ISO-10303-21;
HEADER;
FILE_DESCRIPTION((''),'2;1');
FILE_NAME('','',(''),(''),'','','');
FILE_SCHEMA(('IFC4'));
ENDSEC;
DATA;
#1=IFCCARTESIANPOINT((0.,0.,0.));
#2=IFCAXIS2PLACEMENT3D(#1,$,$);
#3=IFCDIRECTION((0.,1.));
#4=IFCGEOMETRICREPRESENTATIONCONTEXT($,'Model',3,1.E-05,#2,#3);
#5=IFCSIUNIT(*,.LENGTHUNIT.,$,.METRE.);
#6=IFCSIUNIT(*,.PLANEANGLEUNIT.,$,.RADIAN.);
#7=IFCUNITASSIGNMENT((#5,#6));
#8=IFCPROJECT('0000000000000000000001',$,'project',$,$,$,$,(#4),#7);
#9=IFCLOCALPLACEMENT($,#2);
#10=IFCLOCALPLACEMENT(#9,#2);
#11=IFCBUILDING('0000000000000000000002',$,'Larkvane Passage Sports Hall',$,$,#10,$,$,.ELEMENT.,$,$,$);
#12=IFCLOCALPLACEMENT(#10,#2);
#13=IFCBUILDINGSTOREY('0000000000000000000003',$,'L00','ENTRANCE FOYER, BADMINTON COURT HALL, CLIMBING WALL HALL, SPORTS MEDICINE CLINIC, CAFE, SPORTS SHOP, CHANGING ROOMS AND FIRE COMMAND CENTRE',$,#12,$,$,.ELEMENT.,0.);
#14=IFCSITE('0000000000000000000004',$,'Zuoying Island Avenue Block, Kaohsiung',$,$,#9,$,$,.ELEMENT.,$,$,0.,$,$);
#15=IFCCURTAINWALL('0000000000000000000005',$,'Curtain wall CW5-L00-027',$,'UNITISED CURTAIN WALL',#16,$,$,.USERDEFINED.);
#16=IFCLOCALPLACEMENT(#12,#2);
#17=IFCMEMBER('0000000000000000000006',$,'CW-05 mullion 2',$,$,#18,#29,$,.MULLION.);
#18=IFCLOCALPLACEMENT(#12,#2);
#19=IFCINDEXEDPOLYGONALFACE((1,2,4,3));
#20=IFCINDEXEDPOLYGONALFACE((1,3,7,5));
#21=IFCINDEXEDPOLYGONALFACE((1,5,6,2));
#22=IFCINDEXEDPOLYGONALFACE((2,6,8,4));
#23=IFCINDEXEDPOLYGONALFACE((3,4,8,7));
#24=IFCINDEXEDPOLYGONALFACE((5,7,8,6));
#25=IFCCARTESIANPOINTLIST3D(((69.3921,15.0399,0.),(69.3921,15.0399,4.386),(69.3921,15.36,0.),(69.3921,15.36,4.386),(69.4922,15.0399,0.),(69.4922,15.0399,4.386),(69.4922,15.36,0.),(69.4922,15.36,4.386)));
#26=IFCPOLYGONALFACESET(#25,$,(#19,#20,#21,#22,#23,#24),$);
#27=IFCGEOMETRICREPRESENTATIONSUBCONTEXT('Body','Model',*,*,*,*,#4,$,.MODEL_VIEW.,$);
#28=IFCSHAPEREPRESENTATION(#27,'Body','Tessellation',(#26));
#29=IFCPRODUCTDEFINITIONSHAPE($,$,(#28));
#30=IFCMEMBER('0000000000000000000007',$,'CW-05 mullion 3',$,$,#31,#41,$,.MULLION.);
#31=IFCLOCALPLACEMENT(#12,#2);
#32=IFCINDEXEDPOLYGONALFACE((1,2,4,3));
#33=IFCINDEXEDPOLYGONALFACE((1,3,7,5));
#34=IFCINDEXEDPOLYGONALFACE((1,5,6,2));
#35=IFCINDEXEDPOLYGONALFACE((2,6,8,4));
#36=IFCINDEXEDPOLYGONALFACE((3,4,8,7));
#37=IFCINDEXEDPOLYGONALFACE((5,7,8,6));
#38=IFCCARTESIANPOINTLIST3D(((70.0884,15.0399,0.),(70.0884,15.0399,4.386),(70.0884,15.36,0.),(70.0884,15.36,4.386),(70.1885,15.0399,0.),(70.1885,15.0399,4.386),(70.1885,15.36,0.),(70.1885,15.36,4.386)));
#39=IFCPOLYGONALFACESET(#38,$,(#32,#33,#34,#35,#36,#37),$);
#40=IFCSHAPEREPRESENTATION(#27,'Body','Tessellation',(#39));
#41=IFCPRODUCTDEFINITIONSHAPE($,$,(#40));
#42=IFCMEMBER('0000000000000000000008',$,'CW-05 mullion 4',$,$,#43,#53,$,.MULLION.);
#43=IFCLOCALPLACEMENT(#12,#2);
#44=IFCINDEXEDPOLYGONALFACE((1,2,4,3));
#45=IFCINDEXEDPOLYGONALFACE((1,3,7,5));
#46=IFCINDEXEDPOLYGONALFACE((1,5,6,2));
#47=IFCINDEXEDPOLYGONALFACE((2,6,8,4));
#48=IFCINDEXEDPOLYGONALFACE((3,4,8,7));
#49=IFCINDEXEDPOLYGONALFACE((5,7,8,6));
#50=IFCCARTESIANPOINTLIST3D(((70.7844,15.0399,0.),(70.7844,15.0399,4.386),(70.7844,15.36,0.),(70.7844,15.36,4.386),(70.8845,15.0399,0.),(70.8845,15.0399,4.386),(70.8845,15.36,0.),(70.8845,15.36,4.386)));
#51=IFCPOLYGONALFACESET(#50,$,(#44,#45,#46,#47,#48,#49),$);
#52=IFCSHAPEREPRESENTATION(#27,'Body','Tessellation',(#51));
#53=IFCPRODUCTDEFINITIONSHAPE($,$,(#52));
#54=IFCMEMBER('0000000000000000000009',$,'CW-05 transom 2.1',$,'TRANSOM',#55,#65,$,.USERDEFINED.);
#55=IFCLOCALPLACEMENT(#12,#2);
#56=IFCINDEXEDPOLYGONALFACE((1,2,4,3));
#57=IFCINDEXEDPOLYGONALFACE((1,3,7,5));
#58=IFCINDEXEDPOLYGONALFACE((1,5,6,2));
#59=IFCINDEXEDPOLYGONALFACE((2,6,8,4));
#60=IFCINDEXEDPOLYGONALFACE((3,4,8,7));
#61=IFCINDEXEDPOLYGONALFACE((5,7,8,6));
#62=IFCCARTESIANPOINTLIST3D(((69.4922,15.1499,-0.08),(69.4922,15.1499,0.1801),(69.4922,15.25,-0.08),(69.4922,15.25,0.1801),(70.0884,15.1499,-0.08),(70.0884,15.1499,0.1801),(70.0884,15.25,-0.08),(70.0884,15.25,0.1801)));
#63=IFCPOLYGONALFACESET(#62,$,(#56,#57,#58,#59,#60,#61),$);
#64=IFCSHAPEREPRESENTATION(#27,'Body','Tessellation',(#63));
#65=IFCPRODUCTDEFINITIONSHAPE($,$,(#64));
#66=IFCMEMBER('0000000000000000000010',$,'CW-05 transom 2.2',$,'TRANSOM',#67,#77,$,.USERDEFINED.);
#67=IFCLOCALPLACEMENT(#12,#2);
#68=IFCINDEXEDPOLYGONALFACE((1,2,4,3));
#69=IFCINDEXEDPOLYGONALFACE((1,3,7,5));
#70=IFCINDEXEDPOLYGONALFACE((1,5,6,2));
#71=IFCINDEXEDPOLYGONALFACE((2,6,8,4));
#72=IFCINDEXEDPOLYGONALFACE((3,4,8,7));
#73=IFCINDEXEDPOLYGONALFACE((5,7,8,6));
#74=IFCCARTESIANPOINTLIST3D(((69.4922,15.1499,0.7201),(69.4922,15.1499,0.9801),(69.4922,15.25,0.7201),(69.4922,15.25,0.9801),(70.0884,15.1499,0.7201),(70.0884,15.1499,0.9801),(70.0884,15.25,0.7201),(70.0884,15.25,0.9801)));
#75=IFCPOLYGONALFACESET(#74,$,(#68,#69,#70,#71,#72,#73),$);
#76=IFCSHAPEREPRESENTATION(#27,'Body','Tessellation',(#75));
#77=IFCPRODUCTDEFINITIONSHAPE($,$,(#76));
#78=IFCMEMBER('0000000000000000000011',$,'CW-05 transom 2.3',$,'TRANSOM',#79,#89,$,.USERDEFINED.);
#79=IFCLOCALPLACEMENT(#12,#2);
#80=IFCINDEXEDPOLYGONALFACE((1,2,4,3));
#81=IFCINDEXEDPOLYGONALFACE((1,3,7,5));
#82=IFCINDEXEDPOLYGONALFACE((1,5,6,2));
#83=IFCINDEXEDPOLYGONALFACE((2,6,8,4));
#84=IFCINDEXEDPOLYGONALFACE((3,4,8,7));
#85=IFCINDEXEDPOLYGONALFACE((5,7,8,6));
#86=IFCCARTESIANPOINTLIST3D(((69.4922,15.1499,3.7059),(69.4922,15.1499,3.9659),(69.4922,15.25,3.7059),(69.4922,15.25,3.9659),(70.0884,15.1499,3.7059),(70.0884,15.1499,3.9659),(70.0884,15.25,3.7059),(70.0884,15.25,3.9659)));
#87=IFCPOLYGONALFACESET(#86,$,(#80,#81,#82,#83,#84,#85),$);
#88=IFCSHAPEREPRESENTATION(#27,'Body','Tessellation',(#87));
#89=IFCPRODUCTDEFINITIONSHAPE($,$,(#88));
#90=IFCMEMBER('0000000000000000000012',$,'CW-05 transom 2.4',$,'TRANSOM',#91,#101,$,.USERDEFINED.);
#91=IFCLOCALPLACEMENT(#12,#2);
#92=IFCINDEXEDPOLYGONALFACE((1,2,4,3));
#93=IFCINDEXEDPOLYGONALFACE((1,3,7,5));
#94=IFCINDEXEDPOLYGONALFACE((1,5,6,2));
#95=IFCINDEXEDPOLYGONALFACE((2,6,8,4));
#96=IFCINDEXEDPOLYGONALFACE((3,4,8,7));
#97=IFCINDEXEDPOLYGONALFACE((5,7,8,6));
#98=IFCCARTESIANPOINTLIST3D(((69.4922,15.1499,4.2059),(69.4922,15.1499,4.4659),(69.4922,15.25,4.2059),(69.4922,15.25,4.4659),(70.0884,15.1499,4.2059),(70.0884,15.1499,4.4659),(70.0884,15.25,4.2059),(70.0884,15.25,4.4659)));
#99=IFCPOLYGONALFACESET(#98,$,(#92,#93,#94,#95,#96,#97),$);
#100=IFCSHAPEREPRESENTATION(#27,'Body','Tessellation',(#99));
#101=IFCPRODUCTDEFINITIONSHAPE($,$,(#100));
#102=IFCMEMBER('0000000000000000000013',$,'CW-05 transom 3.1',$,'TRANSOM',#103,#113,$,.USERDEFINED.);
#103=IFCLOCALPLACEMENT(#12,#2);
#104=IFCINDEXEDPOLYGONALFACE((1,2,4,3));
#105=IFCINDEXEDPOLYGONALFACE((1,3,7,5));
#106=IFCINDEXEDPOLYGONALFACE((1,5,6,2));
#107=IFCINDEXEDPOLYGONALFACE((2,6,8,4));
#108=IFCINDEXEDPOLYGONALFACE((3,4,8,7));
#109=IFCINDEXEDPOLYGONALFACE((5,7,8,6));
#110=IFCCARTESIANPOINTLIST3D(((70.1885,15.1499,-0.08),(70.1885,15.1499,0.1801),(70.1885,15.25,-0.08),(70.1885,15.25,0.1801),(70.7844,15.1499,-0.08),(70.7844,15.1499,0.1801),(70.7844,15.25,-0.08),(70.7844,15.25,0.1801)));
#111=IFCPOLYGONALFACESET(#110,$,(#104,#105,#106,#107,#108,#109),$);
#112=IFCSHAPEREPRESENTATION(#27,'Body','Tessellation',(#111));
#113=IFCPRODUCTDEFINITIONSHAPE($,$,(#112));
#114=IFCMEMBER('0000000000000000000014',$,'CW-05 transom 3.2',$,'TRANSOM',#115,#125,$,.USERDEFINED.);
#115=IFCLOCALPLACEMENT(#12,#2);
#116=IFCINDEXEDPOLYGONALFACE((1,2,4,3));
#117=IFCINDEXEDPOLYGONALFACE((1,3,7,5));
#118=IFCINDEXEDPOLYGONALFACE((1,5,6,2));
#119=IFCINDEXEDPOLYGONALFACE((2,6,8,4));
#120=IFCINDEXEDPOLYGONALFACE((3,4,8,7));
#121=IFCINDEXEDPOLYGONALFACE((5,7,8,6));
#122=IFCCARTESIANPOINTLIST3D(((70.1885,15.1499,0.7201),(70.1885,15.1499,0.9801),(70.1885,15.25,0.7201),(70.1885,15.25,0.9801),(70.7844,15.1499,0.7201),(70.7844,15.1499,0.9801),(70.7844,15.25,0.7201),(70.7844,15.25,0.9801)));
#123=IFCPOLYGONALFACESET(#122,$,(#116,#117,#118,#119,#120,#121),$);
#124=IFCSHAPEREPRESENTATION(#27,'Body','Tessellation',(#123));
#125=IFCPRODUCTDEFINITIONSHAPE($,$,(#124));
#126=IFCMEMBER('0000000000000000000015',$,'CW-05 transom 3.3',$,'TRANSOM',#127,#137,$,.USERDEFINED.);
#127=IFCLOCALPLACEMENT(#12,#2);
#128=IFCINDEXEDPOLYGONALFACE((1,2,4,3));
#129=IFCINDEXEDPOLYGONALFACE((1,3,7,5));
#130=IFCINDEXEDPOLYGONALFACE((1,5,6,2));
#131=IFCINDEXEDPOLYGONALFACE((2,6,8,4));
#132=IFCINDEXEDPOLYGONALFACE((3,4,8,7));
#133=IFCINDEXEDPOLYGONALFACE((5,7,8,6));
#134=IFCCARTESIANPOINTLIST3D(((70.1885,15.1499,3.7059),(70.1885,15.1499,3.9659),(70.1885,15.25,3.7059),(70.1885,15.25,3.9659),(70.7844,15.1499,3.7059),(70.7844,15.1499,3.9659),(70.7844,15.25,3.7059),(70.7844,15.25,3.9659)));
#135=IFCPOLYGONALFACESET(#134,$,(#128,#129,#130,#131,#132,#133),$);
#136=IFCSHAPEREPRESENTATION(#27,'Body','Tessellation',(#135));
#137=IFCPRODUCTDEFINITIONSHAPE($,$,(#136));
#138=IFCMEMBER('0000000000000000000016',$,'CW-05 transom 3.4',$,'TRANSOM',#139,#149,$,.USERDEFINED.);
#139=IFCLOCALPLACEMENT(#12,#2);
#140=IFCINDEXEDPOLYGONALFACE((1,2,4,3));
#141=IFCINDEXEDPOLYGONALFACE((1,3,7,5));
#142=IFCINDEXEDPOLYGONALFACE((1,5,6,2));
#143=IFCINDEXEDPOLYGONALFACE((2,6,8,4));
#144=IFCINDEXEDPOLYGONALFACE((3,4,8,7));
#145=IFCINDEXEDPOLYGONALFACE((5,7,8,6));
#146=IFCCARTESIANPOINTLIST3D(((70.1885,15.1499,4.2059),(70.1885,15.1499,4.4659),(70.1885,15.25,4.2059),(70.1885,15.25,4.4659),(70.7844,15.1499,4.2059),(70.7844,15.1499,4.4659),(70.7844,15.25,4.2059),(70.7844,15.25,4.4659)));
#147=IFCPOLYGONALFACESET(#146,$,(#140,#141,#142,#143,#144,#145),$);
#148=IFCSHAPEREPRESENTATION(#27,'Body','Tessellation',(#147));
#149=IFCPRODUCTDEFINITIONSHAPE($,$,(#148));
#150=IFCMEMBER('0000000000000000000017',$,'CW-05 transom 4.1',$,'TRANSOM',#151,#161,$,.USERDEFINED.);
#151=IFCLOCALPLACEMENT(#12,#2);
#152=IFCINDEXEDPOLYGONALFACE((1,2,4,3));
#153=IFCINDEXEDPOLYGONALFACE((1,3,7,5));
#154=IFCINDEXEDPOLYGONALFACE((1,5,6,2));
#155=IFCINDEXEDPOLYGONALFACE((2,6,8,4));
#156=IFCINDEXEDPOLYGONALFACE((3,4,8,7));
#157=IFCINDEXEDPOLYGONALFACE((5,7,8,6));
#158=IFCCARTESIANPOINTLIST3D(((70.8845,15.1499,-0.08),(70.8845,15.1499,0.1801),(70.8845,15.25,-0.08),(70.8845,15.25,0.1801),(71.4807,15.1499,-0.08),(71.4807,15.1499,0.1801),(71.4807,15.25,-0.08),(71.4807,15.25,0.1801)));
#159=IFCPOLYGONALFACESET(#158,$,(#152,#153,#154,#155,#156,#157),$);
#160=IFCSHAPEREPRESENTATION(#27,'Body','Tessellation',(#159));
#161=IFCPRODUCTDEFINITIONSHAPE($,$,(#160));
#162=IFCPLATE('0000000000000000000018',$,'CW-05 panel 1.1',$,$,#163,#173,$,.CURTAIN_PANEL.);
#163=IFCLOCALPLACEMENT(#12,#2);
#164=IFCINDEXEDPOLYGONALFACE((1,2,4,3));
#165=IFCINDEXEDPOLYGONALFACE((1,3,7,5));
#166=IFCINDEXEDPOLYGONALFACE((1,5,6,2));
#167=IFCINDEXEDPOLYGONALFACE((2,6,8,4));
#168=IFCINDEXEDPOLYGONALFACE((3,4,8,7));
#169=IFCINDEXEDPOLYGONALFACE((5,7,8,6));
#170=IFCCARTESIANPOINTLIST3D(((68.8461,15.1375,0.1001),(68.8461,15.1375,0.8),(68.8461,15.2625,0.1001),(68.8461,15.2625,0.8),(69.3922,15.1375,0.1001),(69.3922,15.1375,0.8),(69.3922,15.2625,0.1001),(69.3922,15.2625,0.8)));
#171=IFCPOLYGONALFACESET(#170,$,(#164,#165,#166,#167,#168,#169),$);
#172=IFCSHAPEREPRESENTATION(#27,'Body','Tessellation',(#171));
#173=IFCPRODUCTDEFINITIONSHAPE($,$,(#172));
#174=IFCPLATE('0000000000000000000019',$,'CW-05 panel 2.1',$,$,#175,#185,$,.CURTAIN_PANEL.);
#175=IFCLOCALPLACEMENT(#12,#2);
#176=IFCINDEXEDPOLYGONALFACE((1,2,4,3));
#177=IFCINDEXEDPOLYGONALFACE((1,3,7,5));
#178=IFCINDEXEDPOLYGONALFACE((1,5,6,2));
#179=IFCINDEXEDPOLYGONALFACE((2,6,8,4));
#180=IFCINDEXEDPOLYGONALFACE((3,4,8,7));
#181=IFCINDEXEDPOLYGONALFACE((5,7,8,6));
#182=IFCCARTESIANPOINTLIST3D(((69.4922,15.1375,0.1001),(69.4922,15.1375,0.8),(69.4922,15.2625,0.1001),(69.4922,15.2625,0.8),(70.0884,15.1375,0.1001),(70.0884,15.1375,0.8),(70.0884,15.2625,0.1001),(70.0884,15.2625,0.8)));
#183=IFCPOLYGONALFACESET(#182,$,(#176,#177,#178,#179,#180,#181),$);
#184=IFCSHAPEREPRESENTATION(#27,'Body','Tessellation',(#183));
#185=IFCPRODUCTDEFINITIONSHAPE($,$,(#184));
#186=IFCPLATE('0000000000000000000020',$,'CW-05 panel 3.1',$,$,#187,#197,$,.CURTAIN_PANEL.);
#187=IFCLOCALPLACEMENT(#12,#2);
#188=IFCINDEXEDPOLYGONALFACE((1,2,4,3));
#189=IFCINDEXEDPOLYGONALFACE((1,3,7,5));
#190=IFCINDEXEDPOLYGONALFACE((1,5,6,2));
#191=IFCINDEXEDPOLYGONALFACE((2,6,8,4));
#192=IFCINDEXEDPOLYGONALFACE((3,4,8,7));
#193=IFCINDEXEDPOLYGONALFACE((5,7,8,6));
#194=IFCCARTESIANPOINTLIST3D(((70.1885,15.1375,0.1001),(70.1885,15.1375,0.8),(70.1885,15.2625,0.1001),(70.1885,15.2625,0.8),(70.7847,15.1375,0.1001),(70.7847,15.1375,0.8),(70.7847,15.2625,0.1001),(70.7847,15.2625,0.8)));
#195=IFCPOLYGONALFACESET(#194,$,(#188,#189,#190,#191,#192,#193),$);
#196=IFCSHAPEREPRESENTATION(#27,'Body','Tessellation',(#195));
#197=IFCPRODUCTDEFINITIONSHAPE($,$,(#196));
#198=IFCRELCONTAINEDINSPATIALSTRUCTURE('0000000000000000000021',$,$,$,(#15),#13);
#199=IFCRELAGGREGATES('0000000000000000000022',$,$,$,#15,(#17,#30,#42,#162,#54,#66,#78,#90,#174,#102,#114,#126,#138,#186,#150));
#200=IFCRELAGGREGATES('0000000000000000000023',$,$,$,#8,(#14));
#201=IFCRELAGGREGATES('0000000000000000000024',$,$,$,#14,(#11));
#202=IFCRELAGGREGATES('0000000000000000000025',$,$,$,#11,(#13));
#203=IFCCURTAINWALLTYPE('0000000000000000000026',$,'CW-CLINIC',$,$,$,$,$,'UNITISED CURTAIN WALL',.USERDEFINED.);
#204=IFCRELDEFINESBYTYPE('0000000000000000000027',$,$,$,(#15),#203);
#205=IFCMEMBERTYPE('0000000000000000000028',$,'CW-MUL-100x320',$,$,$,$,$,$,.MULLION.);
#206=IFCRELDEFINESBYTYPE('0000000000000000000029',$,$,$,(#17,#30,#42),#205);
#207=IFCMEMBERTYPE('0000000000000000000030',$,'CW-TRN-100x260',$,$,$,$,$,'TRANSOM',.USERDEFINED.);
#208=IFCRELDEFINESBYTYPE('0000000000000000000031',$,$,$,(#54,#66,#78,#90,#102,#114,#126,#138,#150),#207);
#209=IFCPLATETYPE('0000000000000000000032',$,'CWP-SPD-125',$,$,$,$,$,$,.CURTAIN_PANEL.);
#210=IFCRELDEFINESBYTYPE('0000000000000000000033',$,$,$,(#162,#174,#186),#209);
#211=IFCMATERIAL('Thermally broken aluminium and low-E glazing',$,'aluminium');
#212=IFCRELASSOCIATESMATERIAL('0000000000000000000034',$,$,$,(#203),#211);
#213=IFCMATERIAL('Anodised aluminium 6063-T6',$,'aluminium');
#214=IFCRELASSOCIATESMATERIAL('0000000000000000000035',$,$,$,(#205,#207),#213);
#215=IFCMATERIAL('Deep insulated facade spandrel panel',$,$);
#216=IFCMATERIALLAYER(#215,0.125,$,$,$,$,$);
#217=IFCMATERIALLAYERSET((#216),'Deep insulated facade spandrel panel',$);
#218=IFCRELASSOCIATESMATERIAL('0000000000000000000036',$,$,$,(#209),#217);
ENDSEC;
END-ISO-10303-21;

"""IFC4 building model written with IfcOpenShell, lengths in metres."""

from ifc_helpers import new_model, si_unit, direction, frame, origin, origin_2d, place, context, subcontext, project, spatial, rectangle, extrude, material, layer, layer_set, material_profile, profile_set, type_object, element, aggregate, save


model = new_model("IFC4")

# Units and contexts
model_context = context("Model", 3, precision=1e-05, world=origin(), true_north=direction((0.0, 1.0)))
body_context = subcontext(model_context, "Body", "Model", "MODEL_VIEW")
ifc_project = project(units=[si_unit("LENGTHUNIT", "METRE"), si_unit("PLANEANGLEUNIT", "RADIAN")], contexts=[model_context])

# Site, building, storey
site_placement = place(None, origin())
site = spatial("IfcSite", under=ifc_project, at=site_placement, Name="Zuoying Island Avenue Block, Kaohsiung", CompositionType="ELEMENT", RefElevation=0.0)
building_placement = place(site_placement, origin())
building = spatial("IfcBuilding", under=site, at=building_placement, Name="Larkvane Passage Sports Hall", CompositionType="ELEMENT")
storey_placement = place(building_placement, origin())
storey = spatial("IfcBuildingStorey", under=building, at=storey_placement, Name="L00", Description="ENTRANCE FOYER, BADMINTON COURT HALL, CLIMBING WALL HALL, SPORTS MEDICINE CLINIC, CAFE, SPORTS SHOP, CHANGING ROOMS AND FIRE COMMAND CENTRE", CompositionType="ELEMENT", Elevation=0.0)

# Curtain wall, members, plates
ifc_material_1 = material(Name="Thermally broken aluminium and low-E glazing", Category="aluminium")
curtain_wall_type = type_object("IfcCurtainWallType", Name="CW-CLINIC", ElementType="UNITISED CURTAIN WALL", PredefinedType="USERDEFINED", material=ifc_material_1)
curtain_wall_placement = place(storey_placement, origin())
curtain_wall = element("IfcCurtainWall", 1, at=curtain_wall_placement, inside=storey, type_object=curtain_wall_type, Name="Curtain wall CW5-L00-027", ObjectType="UNITISED CURTAIN WALL", PredefinedType="USERDEFINED")
ifc_material_2 = material(Name="Anodised aluminium 6063-T6", Category="aluminium")
ifc_material_profile_1 = material_profile(ifc_material_2, rectangle(XDim=0.1001, YDim=0.3201, at=origin_2d()), Name="ALU-MUL-100x320")
ifc_profile_set_1 = profile_set([ifc_material_profile_1], Name="Anodised aluminium 6063-T6")
member_type_1 = type_object("IfcMemberType", Name="CW-MUL-100x320", PredefinedType="MULLION", material=ifc_profile_set_1)
member_1_placement = place(storey_placement, frame((69.4421, 15.2, 0.0), z_axis=(0.0, 0.0, 1.0), x_axis=(1.0, 0.0, 0.0)))
member_1 = element("IfcMember", 2, at=member_1_placement, type_object=member_type_1, Name="CW-05 mullion 2", PredefinedType="MULLION", context=body_context, shape_type="SweptSolid", body=[
    extrude(rectangle(XDim=0.1001, YDim=0.3201, at=origin_2d()), origin(), (0.0, 0.0, 1.0), 4.386),
])
member_2_placement = place(storey_placement, frame((70.1384, 15.2, 0.0), z_axis=(0.0, 0.0, 1.0), x_axis=(1.0, 0.0, 0.0)))
member_2 = element("IfcMember", 3, at=member_2_placement, type_object=member_type_1, Name="CW-05 mullion 3", PredefinedType="MULLION", context=body_context, shape_type="SweptSolid", body=[
    extrude(rectangle(XDim=0.1001, YDim=0.3201, at=origin_2d()), origin(), (0.0, 0.0, 1.0), 4.386),
])
member_3_placement = place(storey_placement, frame((70.8345, 15.2, 0.0), z_axis=(0.0, 0.0, 1.0), x_axis=(1.0, 0.0, 0.0)))
member_3 = element("IfcMember", 4, at=member_3_placement, type_object=member_type_1, Name="CW-05 mullion 4", PredefinedType="MULLION", context=body_context, shape_type="SweptSolid", body=[
    extrude(rectangle(XDim=0.1001, YDim=0.3201, at=origin_2d()), origin(), (0.0, 0.0, 1.0), 4.386),
])
ifc_material_profile_2 = material_profile(ifc_material_2, rectangle(XDim=0.1001, YDim=0.26, at=origin_2d()), Name="ALU-TRN-100x260")
ifc_profile_set_2 = profile_set([ifc_material_profile_2], Name="Anodised aluminium 6063-T6")
member_type_2 = type_object("IfcMemberType", Name="CW-TRN-100x260", ElementType="TRANSOM", PredefinedType="USERDEFINED", material=ifc_profile_set_2)
member_4_placement = place(storey_placement, frame((69.4922, 15.2, 0.05), z_axis=(1.0, 0.0, 0.0), x_axis=(0.0, 1.0, 0.0)))
member_4 = element("IfcMember", 5, at=member_4_placement, type_object=member_type_2, Name="CW-05 transom 2.1", ObjectType="TRANSOM", PredefinedType="USERDEFINED", context=body_context, shape_type="SweptSolid", body=[
    extrude(rectangle(XDim=0.1001, YDim=0.26, at=origin_2d()), origin(), (0.0, 0.0, 1.0), 0.5962),
])
member_5_placement = place(storey_placement, frame((69.4922, 15.2, 0.8501), z_axis=(1.0, 0.0, 0.0), x_axis=(0.0, 1.0, 0.0)))
member_5 = element("IfcMember", 6, at=member_5_placement, type_object=member_type_2, Name="CW-05 transom 2.2", ObjectType="TRANSOM", PredefinedType="USERDEFINED", context=body_context, shape_type="SweptSolid", body=[
    extrude(rectangle(XDim=0.1001, YDim=0.26, at=origin_2d()), origin(), (0.0, 0.0, 1.0), 0.5962),
])
member_6_placement = place(storey_placement, frame((69.4922, 15.2, 3.8359), z_axis=(1.0, 0.0, 0.0), x_axis=(0.0, 1.0, 0.0)))
member_6 = element("IfcMember", 7, at=member_6_placement, type_object=member_type_2, Name="CW-05 transom 2.3", ObjectType="TRANSOM", PredefinedType="USERDEFINED", context=body_context, shape_type="SweptSolid", body=[
    extrude(rectangle(XDim=0.1001, YDim=0.26, at=origin_2d()), origin(), (0.0, 0.0, 1.0), 0.5962),
])
member_7_placement = place(storey_placement, frame((69.4922, 15.2, 4.3359), z_axis=(1.0, 0.0, 0.0), x_axis=(0.0, 1.0, 0.0)))
member_7 = element("IfcMember", 8, at=member_7_placement, type_object=member_type_2, Name="CW-05 transom 2.4", ObjectType="TRANSOM", PredefinedType="USERDEFINED", context=body_context, shape_type="SweptSolid", body=[
    extrude(rectangle(XDim=0.1001, YDim=0.26, at=origin_2d()), origin(), (0.0, 0.0, 1.0), 0.5962),
])
member_8_placement = place(storey_placement, frame((70.1885, 15.2, 0.05), z_axis=(1.0, 0.0, 0.0), x_axis=(0.0, 1.0, 0.0)))
member_8 = element("IfcMember", 9, at=member_8_placement, type_object=member_type_2, Name="CW-05 transom 3.1", ObjectType="TRANSOM", PredefinedType="USERDEFINED", context=body_context, shape_type="SweptSolid", body=[
    extrude(rectangle(XDim=0.1001, YDim=0.26, at=origin_2d()), origin(), (0.0, 0.0, 1.0), 0.5959),
])
member_9_placement = place(storey_placement, frame((70.1885, 15.2, 0.8501), z_axis=(1.0, 0.0, 0.0), x_axis=(0.0, 1.0, 0.0)))
member_9 = element("IfcMember", 10, at=member_9_placement, type_object=member_type_2, Name="CW-05 transom 3.2", ObjectType="TRANSOM", PredefinedType="USERDEFINED", context=body_context, shape_type="SweptSolid", body=[
    extrude(rectangle(XDim=0.1001, YDim=0.26, at=origin_2d()), origin(), (0.0, 0.0, 1.0), 0.5959),
])
member_10_placement = place(storey_placement, frame((70.1885, 15.2, 3.8359), z_axis=(1.0, 0.0, 0.0), x_axis=(0.0, 1.0, 0.0)))
member_10 = element("IfcMember", 11, at=member_10_placement, type_object=member_type_2, Name="CW-05 transom 3.3", ObjectType="TRANSOM", PredefinedType="USERDEFINED", context=body_context, shape_type="SweptSolid", body=[
    extrude(rectangle(XDim=0.1001, YDim=0.26, at=origin_2d()), origin(), (0.0, 0.0, 1.0), 0.5959),
])
member_11_placement = place(storey_placement, frame((70.1885, 15.2, 4.3359), z_axis=(1.0, 0.0, 0.0), x_axis=(0.0, 1.0, 0.0)))
member_11 = element("IfcMember", 12, at=member_11_placement, type_object=member_type_2, Name="CW-05 transom 3.4", ObjectType="TRANSOM", PredefinedType="USERDEFINED", context=body_context, shape_type="SweptSolid", body=[
    extrude(rectangle(XDim=0.1001, YDim=0.26, at=origin_2d()), origin(), (0.0, 0.0, 1.0), 0.5959),
])
member_12_placement = place(storey_placement, frame((70.8845, 15.2, 0.05), z_axis=(1.0, 0.0, 0.0), x_axis=(0.0, 1.0, 0.0)))
member_12 = element("IfcMember", 13, at=member_12_placement, type_object=member_type_2, Name="CW-05 transom 4.1", ObjectType="TRANSOM", PredefinedType="USERDEFINED", context=body_context, shape_type="SweptSolid", body=[
    extrude(rectangle(XDim=0.1001, YDim=0.26, at=origin_2d()), origin(), (0.0, 0.0, 1.0), 0.5962),
])
ifc_material_3 = material(Name="Deep insulated facade spandrel panel")
ifc_layer_1 = layer(ifc_material_3, 0.125)
ifc_layer_set_1 = layer_set([ifc_layer_1], Name="Deep insulated facade spandrel panel")
plate_type_1 = type_object("IfcPlateType", Name="CWP-SPD-125", PredefinedType="CURTAIN_PANEL", material=ifc_layer_set_1)
plate_1_placement = place(storey_placement, frame((69.1191, 15.2, 0.1001), z_axis=(0.0, 0.0, 1.0), x_axis=(1.0, 0.0, 0.0)))
plate_1 = element("IfcPlate", 14, at=plate_1_placement, type_object=plate_type_1, Name="CW-05 panel 1.1", PredefinedType="CURTAIN_PANEL", context=body_context, shape_type="SweptSolid", body=[
    extrude(rectangle(XDim=0.5461, YDim=0.125, at=origin_2d()), origin(), (0.0, 0.0, 1.0), 0.7),
])
plate_2_placement = place(storey_placement, frame((69.7903, 15.2, 0.1001), z_axis=(0.0, 0.0, 1.0), x_axis=(1.0, 0.0, 0.0)))
plate_2 = element("IfcPlate", 15, at=plate_2_placement, type_object=plate_type_1, Name="CW-05 panel 2.1", PredefinedType="CURTAIN_PANEL", context=body_context, shape_type="SweptSolid", body=[
    extrude(rectangle(XDim=0.5962, YDim=0.125, at=origin_2d()), origin(), (0.0, 0.0, 1.0), 0.7),
])
plate_3_placement = place(storey_placement, frame((70.4866, 15.2, 0.1001), z_axis=(0.0, 0.0, 1.0), x_axis=(1.0, 0.0, 0.0)))
plate_3 = element("IfcPlate", 16, at=plate_3_placement, type_object=plate_type_1, Name="CW-05 panel 3.1", PredefinedType="CURTAIN_PANEL", context=body_context, shape_type="SweptSolid", body=[
    extrude(rectangle(XDim=0.5962, YDim=0.125, at=origin_2d()), origin(), (0.0, 0.0, 1.0), 0.7),
])
aggregate(curtain_wall, [member_1, member_2, member_3, plate_1, member_4, member_5, member_6, member_7, plate_2, member_8, member_9, member_10, member_11, plate_3, member_12])

save(model, "model.ifc")
